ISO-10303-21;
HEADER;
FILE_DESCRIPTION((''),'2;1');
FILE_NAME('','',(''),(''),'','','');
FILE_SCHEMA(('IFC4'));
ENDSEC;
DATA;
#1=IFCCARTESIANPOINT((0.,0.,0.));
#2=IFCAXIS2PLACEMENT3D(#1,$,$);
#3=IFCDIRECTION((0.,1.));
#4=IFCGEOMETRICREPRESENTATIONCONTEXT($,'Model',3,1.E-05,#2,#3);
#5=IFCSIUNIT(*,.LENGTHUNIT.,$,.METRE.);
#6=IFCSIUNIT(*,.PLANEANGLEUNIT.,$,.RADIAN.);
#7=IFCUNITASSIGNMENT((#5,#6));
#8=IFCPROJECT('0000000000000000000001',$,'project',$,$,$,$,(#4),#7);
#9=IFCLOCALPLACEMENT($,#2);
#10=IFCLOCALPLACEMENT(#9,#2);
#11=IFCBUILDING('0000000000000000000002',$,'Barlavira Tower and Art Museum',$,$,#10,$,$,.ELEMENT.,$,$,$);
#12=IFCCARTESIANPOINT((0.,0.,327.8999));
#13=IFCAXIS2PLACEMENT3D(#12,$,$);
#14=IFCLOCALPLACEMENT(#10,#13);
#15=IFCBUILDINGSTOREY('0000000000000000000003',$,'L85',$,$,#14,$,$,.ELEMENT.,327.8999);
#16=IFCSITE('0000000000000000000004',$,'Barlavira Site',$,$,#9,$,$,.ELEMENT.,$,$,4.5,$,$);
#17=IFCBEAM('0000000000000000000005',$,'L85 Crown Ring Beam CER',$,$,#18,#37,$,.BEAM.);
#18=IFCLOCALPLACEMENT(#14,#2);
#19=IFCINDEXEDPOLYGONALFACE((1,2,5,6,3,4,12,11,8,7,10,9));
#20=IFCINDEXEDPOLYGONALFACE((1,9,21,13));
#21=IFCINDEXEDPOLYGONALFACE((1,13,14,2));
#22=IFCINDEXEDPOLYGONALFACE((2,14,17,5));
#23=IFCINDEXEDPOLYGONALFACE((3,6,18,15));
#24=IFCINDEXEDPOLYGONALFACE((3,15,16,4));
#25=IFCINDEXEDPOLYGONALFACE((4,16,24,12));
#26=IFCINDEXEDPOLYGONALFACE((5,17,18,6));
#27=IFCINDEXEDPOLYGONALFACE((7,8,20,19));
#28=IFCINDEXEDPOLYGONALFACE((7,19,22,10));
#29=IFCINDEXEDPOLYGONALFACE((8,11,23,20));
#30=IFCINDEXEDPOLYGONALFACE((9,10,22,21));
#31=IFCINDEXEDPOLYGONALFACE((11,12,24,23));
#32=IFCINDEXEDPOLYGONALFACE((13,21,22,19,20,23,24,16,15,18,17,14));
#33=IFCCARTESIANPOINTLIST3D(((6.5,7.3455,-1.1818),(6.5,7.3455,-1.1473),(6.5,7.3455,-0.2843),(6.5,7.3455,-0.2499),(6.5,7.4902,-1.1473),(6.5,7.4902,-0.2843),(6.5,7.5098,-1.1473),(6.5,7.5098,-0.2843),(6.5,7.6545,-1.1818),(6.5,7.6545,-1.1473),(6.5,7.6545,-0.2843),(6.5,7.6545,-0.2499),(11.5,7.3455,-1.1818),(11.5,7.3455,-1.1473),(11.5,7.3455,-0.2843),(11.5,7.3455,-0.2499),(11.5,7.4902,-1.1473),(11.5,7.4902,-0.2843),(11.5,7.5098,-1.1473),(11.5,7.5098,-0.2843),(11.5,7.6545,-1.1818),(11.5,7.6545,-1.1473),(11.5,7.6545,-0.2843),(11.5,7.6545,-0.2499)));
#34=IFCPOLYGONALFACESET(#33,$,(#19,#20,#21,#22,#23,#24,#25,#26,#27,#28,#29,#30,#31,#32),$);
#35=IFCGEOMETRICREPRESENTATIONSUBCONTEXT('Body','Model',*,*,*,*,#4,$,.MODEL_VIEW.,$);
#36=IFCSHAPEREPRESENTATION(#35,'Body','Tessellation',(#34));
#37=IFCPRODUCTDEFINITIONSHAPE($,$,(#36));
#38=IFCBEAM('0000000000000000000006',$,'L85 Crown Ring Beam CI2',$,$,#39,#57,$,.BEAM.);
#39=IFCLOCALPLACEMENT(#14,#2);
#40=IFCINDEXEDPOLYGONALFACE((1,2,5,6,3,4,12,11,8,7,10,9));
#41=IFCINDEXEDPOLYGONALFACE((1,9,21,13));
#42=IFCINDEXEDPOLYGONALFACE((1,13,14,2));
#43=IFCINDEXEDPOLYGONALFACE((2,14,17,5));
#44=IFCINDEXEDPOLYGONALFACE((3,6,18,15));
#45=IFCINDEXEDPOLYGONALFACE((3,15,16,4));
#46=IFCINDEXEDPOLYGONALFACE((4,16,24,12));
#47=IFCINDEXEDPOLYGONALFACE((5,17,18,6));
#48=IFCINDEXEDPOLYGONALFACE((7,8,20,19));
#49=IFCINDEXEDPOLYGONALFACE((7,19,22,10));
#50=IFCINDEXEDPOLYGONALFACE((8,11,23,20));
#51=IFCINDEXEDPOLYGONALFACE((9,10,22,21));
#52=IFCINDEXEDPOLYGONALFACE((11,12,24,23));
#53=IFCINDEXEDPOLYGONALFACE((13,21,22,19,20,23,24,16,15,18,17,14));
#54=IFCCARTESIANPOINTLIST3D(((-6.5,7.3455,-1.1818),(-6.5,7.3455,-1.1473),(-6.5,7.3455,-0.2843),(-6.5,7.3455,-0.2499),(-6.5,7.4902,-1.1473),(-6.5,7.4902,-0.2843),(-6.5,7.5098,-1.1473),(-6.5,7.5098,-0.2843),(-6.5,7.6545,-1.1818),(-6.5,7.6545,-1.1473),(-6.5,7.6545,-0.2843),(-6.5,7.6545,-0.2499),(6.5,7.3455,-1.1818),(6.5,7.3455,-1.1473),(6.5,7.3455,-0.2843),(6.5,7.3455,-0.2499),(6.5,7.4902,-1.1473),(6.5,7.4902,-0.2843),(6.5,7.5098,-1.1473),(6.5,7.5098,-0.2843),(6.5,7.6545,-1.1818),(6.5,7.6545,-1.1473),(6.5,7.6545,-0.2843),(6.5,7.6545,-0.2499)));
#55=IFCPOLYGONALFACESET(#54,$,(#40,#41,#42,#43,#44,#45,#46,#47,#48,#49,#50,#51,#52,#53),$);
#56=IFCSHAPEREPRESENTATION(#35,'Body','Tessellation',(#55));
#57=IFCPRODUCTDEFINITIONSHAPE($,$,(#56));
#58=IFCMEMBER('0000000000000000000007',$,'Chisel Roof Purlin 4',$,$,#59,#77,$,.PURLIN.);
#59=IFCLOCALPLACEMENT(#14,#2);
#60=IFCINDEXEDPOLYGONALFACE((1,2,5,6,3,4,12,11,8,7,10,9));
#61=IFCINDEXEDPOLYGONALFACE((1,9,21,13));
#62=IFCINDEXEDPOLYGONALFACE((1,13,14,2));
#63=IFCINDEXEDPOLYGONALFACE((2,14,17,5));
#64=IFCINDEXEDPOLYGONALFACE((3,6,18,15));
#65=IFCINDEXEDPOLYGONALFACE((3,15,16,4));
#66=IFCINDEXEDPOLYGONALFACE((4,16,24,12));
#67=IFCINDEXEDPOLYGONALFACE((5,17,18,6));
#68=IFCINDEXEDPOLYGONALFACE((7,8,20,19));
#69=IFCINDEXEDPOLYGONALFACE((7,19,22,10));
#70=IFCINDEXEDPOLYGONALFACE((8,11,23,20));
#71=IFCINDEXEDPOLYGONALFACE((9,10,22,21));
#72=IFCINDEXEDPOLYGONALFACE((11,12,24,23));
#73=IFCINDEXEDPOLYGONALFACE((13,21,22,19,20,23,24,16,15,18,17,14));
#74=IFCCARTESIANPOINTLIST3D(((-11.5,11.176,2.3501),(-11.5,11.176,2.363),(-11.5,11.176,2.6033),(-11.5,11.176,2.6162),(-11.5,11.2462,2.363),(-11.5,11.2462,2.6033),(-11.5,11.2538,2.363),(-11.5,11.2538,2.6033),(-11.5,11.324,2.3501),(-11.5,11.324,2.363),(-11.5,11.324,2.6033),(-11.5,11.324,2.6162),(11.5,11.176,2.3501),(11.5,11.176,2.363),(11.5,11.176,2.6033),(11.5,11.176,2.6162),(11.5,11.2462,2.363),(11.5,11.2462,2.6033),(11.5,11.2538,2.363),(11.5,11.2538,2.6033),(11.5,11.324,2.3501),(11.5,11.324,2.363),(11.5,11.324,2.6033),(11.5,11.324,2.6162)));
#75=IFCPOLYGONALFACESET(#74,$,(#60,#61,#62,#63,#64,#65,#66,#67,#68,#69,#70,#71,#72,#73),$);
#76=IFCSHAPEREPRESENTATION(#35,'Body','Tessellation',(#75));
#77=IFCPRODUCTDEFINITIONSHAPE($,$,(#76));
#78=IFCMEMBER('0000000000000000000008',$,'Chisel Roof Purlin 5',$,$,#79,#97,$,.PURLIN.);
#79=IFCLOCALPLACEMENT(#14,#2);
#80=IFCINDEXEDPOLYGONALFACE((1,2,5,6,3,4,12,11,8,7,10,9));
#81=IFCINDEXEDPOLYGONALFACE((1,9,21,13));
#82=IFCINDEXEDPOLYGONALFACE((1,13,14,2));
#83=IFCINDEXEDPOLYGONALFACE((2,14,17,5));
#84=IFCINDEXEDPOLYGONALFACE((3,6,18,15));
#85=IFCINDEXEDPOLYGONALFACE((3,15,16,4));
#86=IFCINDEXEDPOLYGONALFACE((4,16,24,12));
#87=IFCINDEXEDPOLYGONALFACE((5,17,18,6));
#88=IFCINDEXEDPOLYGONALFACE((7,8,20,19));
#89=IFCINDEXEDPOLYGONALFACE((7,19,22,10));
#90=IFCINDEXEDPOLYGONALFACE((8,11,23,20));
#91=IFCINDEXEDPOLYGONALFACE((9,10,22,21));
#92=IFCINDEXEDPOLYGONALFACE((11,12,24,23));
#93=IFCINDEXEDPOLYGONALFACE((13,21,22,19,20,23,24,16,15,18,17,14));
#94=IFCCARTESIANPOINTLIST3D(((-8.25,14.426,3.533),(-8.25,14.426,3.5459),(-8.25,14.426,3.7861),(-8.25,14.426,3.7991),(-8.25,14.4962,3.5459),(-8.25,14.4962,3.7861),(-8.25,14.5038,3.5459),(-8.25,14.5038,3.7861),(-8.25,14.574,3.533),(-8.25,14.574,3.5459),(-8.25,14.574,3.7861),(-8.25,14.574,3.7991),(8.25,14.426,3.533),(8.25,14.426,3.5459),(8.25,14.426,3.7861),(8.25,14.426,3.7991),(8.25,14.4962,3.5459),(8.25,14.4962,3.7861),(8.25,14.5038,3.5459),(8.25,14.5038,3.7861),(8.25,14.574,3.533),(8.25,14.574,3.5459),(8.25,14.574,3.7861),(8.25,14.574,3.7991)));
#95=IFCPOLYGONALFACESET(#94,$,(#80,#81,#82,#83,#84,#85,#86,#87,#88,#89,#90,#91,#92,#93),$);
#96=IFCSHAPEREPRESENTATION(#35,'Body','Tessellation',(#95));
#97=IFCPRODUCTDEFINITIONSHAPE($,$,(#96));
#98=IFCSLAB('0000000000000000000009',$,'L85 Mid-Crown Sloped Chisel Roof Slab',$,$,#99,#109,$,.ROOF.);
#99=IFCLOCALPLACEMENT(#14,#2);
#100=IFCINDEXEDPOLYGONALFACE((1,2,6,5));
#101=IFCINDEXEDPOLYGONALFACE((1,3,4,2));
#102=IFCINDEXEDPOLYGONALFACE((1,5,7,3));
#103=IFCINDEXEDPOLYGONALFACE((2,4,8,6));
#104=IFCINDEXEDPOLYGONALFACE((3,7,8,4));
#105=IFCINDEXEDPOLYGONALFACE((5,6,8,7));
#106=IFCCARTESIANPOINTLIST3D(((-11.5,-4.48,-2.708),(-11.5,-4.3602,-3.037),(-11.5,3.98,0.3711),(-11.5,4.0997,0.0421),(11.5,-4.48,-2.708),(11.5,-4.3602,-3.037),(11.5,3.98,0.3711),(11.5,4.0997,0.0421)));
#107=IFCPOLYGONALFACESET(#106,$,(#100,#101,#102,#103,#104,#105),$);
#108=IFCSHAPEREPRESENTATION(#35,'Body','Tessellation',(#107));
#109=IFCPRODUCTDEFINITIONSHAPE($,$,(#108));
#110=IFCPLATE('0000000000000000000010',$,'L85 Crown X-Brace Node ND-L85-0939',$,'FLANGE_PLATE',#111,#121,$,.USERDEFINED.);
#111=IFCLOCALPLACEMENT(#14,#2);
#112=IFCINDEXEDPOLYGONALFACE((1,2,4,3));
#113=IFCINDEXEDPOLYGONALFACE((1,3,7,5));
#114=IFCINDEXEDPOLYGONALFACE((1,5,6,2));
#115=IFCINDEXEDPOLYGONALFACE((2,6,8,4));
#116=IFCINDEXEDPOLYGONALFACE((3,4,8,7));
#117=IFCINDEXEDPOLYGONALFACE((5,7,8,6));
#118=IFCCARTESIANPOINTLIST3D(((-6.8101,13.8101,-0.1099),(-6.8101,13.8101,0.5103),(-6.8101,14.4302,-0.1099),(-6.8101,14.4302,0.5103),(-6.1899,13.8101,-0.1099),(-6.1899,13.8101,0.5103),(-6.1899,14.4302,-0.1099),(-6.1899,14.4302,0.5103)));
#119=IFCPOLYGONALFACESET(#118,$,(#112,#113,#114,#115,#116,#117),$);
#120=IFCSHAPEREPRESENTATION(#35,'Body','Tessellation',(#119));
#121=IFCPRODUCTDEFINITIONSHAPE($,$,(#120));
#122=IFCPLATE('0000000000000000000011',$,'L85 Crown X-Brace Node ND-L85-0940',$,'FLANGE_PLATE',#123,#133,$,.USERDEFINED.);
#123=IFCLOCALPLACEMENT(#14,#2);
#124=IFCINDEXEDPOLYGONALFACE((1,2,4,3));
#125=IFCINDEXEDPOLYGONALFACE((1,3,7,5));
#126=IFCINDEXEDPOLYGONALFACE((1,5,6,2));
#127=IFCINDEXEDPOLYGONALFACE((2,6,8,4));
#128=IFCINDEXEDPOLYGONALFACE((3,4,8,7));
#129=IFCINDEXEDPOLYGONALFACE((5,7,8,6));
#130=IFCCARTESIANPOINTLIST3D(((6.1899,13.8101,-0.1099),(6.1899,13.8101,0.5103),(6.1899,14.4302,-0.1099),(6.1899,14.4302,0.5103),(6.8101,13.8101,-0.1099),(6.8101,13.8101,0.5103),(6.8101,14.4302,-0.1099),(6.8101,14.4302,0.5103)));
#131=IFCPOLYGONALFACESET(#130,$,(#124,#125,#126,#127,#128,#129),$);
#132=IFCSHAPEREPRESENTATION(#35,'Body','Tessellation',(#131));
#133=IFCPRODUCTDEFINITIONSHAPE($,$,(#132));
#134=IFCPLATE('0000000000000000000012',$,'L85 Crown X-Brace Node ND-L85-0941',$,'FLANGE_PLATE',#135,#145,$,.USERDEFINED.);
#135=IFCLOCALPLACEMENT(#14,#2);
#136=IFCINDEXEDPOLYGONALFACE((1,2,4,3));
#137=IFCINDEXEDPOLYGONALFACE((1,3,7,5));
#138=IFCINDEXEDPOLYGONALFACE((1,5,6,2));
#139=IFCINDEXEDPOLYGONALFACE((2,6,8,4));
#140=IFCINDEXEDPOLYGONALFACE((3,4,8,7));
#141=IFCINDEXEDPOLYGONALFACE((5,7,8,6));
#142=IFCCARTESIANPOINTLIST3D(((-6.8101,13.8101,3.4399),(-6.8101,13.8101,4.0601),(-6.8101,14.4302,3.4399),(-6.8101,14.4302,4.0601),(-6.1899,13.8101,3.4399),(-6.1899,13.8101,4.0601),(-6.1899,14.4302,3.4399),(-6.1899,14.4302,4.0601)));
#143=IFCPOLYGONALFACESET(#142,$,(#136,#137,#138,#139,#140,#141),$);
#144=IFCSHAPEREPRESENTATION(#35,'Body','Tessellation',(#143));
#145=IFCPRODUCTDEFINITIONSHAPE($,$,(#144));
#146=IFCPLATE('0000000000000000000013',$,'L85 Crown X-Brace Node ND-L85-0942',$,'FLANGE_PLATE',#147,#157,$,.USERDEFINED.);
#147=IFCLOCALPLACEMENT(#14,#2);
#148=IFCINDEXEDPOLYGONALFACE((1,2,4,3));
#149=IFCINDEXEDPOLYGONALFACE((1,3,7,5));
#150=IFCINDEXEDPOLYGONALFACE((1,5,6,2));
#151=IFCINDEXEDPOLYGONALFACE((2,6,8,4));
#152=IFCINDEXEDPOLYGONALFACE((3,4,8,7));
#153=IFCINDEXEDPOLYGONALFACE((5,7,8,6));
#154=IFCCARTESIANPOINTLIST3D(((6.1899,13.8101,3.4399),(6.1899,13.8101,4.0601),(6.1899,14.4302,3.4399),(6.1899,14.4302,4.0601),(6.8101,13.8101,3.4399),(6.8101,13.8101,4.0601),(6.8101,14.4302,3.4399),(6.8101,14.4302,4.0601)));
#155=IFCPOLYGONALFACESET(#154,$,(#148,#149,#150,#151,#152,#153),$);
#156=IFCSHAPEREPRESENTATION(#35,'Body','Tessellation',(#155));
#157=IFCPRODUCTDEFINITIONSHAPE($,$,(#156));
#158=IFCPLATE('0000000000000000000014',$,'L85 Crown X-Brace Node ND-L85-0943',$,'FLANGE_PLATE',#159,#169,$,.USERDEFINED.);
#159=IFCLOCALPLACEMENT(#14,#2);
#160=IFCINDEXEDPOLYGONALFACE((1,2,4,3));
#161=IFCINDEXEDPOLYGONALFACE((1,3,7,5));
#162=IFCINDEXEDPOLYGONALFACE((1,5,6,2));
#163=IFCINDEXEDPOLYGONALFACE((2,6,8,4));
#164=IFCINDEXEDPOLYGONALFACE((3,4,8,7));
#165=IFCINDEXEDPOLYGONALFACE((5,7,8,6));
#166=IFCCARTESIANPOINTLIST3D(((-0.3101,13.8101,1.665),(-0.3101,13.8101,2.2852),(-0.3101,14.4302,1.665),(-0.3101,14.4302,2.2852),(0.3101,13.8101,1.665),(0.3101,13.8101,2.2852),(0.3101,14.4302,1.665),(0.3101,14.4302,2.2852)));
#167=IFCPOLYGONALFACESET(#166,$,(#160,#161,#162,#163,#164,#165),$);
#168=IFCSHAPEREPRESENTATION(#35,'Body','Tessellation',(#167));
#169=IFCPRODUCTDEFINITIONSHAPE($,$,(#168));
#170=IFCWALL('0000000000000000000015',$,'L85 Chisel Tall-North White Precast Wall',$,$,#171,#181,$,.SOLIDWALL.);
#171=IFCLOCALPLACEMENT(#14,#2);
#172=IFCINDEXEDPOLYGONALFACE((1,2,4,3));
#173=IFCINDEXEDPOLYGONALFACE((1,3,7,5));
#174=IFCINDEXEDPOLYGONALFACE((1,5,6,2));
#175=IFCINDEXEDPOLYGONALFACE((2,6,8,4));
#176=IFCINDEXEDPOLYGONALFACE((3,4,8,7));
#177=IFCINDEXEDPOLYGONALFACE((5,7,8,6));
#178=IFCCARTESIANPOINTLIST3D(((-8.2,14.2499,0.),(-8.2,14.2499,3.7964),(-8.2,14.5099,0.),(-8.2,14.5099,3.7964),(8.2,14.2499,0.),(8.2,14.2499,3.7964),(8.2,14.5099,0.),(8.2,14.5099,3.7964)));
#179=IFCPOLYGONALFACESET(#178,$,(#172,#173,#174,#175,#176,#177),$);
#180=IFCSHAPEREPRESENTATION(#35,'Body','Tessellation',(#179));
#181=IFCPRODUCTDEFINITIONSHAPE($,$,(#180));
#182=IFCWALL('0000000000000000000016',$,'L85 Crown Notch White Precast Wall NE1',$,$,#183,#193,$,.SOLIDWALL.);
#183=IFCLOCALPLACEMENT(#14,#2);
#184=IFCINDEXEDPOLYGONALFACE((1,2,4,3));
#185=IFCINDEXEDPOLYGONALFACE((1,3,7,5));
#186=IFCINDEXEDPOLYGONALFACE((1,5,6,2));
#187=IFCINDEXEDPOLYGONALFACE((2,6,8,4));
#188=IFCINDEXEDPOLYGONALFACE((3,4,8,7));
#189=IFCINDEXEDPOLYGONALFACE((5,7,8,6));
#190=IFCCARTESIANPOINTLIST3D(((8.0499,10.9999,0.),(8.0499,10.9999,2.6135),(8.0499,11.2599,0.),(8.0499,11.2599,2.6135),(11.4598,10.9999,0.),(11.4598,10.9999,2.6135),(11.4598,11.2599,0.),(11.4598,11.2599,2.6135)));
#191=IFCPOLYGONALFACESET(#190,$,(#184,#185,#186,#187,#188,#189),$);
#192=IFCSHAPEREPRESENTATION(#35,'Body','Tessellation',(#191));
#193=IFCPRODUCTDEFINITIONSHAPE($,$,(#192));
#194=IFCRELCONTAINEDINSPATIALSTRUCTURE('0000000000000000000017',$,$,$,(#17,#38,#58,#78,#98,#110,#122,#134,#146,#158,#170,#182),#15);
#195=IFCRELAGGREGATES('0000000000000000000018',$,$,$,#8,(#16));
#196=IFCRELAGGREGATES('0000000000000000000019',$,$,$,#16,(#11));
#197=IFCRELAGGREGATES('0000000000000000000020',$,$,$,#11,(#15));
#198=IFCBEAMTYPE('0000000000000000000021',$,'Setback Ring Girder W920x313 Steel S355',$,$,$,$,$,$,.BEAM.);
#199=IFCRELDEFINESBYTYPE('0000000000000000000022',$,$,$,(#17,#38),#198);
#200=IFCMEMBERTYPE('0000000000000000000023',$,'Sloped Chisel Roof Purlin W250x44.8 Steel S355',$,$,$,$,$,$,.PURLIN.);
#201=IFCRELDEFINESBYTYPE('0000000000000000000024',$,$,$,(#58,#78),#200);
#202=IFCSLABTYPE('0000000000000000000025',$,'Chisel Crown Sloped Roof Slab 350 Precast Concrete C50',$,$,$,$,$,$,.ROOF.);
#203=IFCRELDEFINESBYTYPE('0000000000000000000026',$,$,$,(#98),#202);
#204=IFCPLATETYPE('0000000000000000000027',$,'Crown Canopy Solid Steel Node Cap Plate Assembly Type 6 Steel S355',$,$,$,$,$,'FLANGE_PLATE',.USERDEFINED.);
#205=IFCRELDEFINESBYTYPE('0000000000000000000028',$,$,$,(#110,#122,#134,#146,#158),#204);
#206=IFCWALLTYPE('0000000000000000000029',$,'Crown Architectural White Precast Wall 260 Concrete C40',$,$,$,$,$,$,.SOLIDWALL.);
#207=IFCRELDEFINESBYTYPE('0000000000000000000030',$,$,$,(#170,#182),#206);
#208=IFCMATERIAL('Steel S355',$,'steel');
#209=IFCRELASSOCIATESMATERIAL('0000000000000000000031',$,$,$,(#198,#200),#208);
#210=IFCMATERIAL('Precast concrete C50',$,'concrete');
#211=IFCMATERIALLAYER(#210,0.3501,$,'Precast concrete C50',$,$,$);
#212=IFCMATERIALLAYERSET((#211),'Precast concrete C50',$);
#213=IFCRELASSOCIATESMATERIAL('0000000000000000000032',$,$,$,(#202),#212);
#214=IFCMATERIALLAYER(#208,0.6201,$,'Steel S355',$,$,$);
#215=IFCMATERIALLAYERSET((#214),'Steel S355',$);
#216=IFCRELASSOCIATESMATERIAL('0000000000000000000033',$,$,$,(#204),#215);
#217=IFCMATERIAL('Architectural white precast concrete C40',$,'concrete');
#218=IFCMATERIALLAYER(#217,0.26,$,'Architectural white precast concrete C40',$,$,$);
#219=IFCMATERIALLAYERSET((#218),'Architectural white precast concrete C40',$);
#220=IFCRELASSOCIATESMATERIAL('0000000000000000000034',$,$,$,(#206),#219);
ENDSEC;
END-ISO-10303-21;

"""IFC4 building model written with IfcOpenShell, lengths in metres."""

from ifc_helpers import new_model, si_unit, direction, frame, frame_2d, origin, origin_2d, place, context, subcontext, project, spatial, polyline, rectangle, i_section, outline, extrude, material, layer, layer_set, material_profile, profile_set, type_object, element, save


model = new_model("IFC4")

# Units and contexts
model_context = context("Model", 3, precision=1e-05, world=origin(), true_north=direction((0.0, 1.0)))
body_context = subcontext(model_context, "Body", "Model", "MODEL_VIEW")
ifc_project = project(units=[si_unit("LENGTHUNIT", "METRE"), si_unit("PLANEANGLEUNIT", "RADIAN")], contexts=[model_context])

# Site, building, storey
site_placement = place(None, origin())
site = spatial("IfcSite", under=ifc_project, at=site_placement, Name="Barlavira Site", CompositionType="ELEMENT", RefElevation=4.5)
building_placement = place(site_placement, origin())
building = spatial("IfcBuilding", under=site, at=building_placement, Name="Barlavira Tower and Art Museum", CompositionType="ELEMENT")
storey_placement = place(building_placement, frame((0.0, 0.0, 327.8999)))
storey = spatial("IfcBuildingStorey", under=building, at=storey_placement, Name="L85", CompositionType="ELEMENT", Elevation=327.8999)

# Shared definitions
ifc_material_1 = material(Name="Steel S355", Category="steel")

# Beams
ifc_material_profile_1 = material_profile(ifc_material_1, i_section(OverallWidth=0.3091, OverallDepth=0.9319, WebThickness=0.0195, FlangeThickness=0.0344, at=origin_2d()), Name="W920x313.0")
ifc_profile_set_1 = profile_set([ifc_material_profile_1], Name="Steel S355")
beam_type = type_object("IfcBeamType", Name="Setback Ring Girder W920x313 Steel S355", PredefinedType="BEAM", material=ifc_profile_set_1)
for number, where, z_axis, x_axis, name in (
    (1, (6.5, 7.5, -0.7158), (1.0, 0.0, 0.0), (0.0, 1.0, 0.0), "L85 Crown Ring Beam CER"),
):
    element("IfcBeam", number, at=place(storey_placement, frame(where, z_axis=z_axis, x_axis=x_axis)), inside=storey, type_object=beam_type, Name=name, PredefinedType="BEAM", context=body_context, shape_type="SweptSolid", body=[
        extrude(i_section(OverallWidth=0.3091, OverallDepth=0.9319, WebThickness=0.0195, FlangeThickness=0.0344, at=origin_2d()), origin(), (0.0, 0.0, 1.0), 5.0),
    ])
beam_1_placement = place(storey_placement, frame((-6.5, 7.5, -0.7158), z_axis=(1.0, 0.0, 0.0), x_axis=(0.0, 1.0, 0.0)))
element("IfcBeam", 2, at=beam_1_placement, inside=storey, type_object=beam_type, Name="L85 Crown Ring Beam CI2", PredefinedType="BEAM", context=body_context, shape_type="SweptSolid", body=[
    extrude(i_section(OverallWidth=0.3091, OverallDepth=0.9319, WebThickness=0.0195, FlangeThickness=0.0344, at=origin_2d()), origin(), (0.0, 0.0, 1.0), 13.0),
])

# Members
ifc_material_profile_2 = material_profile(ifc_material_1, i_section(OverallWidth=0.1479, OverallDepth=0.2661, WebThickness=0.0076, FlangeThickness=0.0129, at=origin_2d()), Name="W250x44.8")
ifc_profile_set_2 = profile_set([ifc_material_profile_2], Name="Steel S355")
member_type_1 = type_object("IfcMemberType", Name="Sloped Chisel Roof Purlin W250x44.8 Steel S355", PredefinedType="PURLIN", material=ifc_profile_set_2)
member_1_placement = place(storey_placement, frame((-11.5, 11.25, 2.4832), z_axis=(1.0, 0.0, 0.0), x_axis=(0.0, 1.0, 0.0)))
element("IfcMember", 3, at=member_1_placement, inside=storey, type_object=member_type_1, Name="Chisel Roof Purlin 4", PredefinedType="PURLIN", context=body_context, shape_type="SweptSolid", body=[
    extrude(i_section(OverallWidth=0.1479, OverallDepth=0.2661, WebThickness=0.0076, FlangeThickness=0.0129, at=origin_2d()), origin(), (0.0, 0.0, 1.0), 23.0),
])
member_2_placement = place(storey_placement, frame((-8.25, 14.5, 3.666), z_axis=(1.0, 0.0, 0.0), x_axis=(0.0, 1.0, 0.0)))
element("IfcMember", 4, at=member_2_placement, inside=storey, type_object=member_type_1, Name="Chisel Roof Purlin 5", PredefinedType="PURLIN", context=body_context, shape_type="SweptSolid", body=[
    extrude(i_section(OverallWidth=0.1479, OverallDepth=0.2661, WebThickness=0.0076, FlangeThickness=0.0129, at=origin_2d()), origin(), (0.0, 0.0, 1.0), 16.5),
])

# Slab
ifc_material_2 = material(Name="Precast concrete C50", Category="concrete")
ifc_layer_1 = layer(ifc_material_2, 0.3501, Name="Precast concrete C50")
ifc_layer_set_1 = layer_set([ifc_layer_1], Name="Precast concrete C50")
slab_type = type_object("IfcSlabType", Name="Chisel Crown Sloped Roof Slab 350 Precast Concrete C50", PredefinedType="ROOF", material=ifc_layer_set_1)
slab_placement = place(storey_placement, frame((-11.5, -4.48, -2.708), z_axis=(0.0, -0.342013, 0.939695), x_axis=(1.0, 0.0, 0.0)))
element("IfcSlab", 5, at=slab_placement, inside=storey, type_object=slab_type, Name="L85 Mid-Crown Sloped Chisel Roof Slab", PredefinedType="ROOF", context=body_context, shape_type="SweptSolid", body=[
    extrude(outline(polyline([(0.0, 0.0), (23.0, 0.0), (23.0, 9.0029), (0.0, 9.0029), (0.0, 0.0)])), origin(), (0.0, 0.0, -1.0), 0.3501),
])

# Plates
ifc_layer_2 = layer(ifc_material_1, 0.6201, Name="Steel S355")
ifc_layer_set_2 = layer_set([ifc_layer_2], Name="Steel S355")
plate_type = type_object("IfcPlateType", Name="Crown Canopy Solid Steel Node Cap Plate Assembly Type 6 Steel S355", ElementType="FLANGE_PLATE", PredefinedType="USERDEFINED", material=ifc_layer_set_2)
for number, where, z_axis, x_axis, name in (
    (6, (-6.5, 14.1201, -0.1099), (0.0, 0.0, 1.0), (1.0, 0.0, 0.0), "L85 Crown X-Brace Node ND-L85-0939"),
    (7, (6.5, 14.1201, -0.1099), (0.0, 0.0, 1.0), (1.0, 0.0, 0.0), "L85 Crown X-Brace Node ND-L85-0940"),
    (8, (-6.5, 14.1201, 3.4399), (0.0, 0.0, 1.0), (1.0, 0.0, 0.0), "L85 Crown X-Brace Node ND-L85-0941"),
    (9, (6.5, 14.1201, 3.4399), (0.0, 0.0, 1.0), (1.0, 0.0, 0.0), "L85 Crown X-Brace Node ND-L85-0942"),
    (10, (0.0, 14.1201, 1.665), (0.0, 0.0, 1.0), (1.0, 0.0, 0.0), "L85 Crown X-Brace Node ND-L85-0943"),
):
    element("IfcPlate", number, at=place(storey_placement, frame(where, z_axis=z_axis, x_axis=x_axis)), inside=storey, type_object=plate_type, Name=name, ObjectType="FLANGE_PLATE", PredefinedType="USERDEFINED", context=body_context, shape_type="SweptSolid", body=[
        extrude(rectangle(XDim=0.6201, YDim=0.6201, at=origin_2d()), origin(), (0.0, 0.0, 1.0), 0.6201),
    ])

# Walls
ifc_material_3 = material(Name="Architectural white precast concrete C40", Category="concrete")
ifc_layer_3 = layer(ifc_material_3, 0.26, Name="Architectural white precast concrete C40")
ifc_layer_set_3 = layer_set([ifc_layer_3], Name="Architectural white precast concrete C40")
wall_type = type_object("IfcWallType", Name="Crown Architectural White Precast Wall 260 Concrete C40", PredefinedType="SOLIDWALL", material=ifc_layer_set_3)
wall_1_placement = place(storey_placement, frame((8.2, 14.3799, 0.0), z_axis=(0.0, 0.0, 1.0), x_axis=(-1.0, 0.0, 0.0)))
element("IfcWall", 11, at=wall_1_placement, inside=storey, type_object=wall_type, Name="L85 Chisel Tall-North White Precast Wall", PredefinedType="SOLIDWALL", context=body_context, shape_type="SweptSolid", body=[
    extrude(rectangle(XDim=16.3999, YDim=0.26, at=frame_2d((8.2, 0.0))), origin(), (0.0, 0.0, 1.0), 3.7964),
])
wall_2_placement = place(storey_placement, frame((11.46, 11.1299, 0.0), z_axis=(0.0, 0.0, 1.0), x_axis=(-1.0, 0.0, 0.0)))
element("IfcWall", 12, at=wall_2_placement, inside=storey, type_object=wall_type, Name="L85 Crown Notch White Precast Wall NE1", PredefinedType="SOLIDWALL", context=body_context, shape_type="SweptSolid", body=[
    extrude(rectangle(XDim=3.4099, YDim=0.26, at=frame_2d((1.7051, 0.0))), origin(), (0.0, 0.0, 1.0), 2.6135),
])

save(model, "model.ifc")
